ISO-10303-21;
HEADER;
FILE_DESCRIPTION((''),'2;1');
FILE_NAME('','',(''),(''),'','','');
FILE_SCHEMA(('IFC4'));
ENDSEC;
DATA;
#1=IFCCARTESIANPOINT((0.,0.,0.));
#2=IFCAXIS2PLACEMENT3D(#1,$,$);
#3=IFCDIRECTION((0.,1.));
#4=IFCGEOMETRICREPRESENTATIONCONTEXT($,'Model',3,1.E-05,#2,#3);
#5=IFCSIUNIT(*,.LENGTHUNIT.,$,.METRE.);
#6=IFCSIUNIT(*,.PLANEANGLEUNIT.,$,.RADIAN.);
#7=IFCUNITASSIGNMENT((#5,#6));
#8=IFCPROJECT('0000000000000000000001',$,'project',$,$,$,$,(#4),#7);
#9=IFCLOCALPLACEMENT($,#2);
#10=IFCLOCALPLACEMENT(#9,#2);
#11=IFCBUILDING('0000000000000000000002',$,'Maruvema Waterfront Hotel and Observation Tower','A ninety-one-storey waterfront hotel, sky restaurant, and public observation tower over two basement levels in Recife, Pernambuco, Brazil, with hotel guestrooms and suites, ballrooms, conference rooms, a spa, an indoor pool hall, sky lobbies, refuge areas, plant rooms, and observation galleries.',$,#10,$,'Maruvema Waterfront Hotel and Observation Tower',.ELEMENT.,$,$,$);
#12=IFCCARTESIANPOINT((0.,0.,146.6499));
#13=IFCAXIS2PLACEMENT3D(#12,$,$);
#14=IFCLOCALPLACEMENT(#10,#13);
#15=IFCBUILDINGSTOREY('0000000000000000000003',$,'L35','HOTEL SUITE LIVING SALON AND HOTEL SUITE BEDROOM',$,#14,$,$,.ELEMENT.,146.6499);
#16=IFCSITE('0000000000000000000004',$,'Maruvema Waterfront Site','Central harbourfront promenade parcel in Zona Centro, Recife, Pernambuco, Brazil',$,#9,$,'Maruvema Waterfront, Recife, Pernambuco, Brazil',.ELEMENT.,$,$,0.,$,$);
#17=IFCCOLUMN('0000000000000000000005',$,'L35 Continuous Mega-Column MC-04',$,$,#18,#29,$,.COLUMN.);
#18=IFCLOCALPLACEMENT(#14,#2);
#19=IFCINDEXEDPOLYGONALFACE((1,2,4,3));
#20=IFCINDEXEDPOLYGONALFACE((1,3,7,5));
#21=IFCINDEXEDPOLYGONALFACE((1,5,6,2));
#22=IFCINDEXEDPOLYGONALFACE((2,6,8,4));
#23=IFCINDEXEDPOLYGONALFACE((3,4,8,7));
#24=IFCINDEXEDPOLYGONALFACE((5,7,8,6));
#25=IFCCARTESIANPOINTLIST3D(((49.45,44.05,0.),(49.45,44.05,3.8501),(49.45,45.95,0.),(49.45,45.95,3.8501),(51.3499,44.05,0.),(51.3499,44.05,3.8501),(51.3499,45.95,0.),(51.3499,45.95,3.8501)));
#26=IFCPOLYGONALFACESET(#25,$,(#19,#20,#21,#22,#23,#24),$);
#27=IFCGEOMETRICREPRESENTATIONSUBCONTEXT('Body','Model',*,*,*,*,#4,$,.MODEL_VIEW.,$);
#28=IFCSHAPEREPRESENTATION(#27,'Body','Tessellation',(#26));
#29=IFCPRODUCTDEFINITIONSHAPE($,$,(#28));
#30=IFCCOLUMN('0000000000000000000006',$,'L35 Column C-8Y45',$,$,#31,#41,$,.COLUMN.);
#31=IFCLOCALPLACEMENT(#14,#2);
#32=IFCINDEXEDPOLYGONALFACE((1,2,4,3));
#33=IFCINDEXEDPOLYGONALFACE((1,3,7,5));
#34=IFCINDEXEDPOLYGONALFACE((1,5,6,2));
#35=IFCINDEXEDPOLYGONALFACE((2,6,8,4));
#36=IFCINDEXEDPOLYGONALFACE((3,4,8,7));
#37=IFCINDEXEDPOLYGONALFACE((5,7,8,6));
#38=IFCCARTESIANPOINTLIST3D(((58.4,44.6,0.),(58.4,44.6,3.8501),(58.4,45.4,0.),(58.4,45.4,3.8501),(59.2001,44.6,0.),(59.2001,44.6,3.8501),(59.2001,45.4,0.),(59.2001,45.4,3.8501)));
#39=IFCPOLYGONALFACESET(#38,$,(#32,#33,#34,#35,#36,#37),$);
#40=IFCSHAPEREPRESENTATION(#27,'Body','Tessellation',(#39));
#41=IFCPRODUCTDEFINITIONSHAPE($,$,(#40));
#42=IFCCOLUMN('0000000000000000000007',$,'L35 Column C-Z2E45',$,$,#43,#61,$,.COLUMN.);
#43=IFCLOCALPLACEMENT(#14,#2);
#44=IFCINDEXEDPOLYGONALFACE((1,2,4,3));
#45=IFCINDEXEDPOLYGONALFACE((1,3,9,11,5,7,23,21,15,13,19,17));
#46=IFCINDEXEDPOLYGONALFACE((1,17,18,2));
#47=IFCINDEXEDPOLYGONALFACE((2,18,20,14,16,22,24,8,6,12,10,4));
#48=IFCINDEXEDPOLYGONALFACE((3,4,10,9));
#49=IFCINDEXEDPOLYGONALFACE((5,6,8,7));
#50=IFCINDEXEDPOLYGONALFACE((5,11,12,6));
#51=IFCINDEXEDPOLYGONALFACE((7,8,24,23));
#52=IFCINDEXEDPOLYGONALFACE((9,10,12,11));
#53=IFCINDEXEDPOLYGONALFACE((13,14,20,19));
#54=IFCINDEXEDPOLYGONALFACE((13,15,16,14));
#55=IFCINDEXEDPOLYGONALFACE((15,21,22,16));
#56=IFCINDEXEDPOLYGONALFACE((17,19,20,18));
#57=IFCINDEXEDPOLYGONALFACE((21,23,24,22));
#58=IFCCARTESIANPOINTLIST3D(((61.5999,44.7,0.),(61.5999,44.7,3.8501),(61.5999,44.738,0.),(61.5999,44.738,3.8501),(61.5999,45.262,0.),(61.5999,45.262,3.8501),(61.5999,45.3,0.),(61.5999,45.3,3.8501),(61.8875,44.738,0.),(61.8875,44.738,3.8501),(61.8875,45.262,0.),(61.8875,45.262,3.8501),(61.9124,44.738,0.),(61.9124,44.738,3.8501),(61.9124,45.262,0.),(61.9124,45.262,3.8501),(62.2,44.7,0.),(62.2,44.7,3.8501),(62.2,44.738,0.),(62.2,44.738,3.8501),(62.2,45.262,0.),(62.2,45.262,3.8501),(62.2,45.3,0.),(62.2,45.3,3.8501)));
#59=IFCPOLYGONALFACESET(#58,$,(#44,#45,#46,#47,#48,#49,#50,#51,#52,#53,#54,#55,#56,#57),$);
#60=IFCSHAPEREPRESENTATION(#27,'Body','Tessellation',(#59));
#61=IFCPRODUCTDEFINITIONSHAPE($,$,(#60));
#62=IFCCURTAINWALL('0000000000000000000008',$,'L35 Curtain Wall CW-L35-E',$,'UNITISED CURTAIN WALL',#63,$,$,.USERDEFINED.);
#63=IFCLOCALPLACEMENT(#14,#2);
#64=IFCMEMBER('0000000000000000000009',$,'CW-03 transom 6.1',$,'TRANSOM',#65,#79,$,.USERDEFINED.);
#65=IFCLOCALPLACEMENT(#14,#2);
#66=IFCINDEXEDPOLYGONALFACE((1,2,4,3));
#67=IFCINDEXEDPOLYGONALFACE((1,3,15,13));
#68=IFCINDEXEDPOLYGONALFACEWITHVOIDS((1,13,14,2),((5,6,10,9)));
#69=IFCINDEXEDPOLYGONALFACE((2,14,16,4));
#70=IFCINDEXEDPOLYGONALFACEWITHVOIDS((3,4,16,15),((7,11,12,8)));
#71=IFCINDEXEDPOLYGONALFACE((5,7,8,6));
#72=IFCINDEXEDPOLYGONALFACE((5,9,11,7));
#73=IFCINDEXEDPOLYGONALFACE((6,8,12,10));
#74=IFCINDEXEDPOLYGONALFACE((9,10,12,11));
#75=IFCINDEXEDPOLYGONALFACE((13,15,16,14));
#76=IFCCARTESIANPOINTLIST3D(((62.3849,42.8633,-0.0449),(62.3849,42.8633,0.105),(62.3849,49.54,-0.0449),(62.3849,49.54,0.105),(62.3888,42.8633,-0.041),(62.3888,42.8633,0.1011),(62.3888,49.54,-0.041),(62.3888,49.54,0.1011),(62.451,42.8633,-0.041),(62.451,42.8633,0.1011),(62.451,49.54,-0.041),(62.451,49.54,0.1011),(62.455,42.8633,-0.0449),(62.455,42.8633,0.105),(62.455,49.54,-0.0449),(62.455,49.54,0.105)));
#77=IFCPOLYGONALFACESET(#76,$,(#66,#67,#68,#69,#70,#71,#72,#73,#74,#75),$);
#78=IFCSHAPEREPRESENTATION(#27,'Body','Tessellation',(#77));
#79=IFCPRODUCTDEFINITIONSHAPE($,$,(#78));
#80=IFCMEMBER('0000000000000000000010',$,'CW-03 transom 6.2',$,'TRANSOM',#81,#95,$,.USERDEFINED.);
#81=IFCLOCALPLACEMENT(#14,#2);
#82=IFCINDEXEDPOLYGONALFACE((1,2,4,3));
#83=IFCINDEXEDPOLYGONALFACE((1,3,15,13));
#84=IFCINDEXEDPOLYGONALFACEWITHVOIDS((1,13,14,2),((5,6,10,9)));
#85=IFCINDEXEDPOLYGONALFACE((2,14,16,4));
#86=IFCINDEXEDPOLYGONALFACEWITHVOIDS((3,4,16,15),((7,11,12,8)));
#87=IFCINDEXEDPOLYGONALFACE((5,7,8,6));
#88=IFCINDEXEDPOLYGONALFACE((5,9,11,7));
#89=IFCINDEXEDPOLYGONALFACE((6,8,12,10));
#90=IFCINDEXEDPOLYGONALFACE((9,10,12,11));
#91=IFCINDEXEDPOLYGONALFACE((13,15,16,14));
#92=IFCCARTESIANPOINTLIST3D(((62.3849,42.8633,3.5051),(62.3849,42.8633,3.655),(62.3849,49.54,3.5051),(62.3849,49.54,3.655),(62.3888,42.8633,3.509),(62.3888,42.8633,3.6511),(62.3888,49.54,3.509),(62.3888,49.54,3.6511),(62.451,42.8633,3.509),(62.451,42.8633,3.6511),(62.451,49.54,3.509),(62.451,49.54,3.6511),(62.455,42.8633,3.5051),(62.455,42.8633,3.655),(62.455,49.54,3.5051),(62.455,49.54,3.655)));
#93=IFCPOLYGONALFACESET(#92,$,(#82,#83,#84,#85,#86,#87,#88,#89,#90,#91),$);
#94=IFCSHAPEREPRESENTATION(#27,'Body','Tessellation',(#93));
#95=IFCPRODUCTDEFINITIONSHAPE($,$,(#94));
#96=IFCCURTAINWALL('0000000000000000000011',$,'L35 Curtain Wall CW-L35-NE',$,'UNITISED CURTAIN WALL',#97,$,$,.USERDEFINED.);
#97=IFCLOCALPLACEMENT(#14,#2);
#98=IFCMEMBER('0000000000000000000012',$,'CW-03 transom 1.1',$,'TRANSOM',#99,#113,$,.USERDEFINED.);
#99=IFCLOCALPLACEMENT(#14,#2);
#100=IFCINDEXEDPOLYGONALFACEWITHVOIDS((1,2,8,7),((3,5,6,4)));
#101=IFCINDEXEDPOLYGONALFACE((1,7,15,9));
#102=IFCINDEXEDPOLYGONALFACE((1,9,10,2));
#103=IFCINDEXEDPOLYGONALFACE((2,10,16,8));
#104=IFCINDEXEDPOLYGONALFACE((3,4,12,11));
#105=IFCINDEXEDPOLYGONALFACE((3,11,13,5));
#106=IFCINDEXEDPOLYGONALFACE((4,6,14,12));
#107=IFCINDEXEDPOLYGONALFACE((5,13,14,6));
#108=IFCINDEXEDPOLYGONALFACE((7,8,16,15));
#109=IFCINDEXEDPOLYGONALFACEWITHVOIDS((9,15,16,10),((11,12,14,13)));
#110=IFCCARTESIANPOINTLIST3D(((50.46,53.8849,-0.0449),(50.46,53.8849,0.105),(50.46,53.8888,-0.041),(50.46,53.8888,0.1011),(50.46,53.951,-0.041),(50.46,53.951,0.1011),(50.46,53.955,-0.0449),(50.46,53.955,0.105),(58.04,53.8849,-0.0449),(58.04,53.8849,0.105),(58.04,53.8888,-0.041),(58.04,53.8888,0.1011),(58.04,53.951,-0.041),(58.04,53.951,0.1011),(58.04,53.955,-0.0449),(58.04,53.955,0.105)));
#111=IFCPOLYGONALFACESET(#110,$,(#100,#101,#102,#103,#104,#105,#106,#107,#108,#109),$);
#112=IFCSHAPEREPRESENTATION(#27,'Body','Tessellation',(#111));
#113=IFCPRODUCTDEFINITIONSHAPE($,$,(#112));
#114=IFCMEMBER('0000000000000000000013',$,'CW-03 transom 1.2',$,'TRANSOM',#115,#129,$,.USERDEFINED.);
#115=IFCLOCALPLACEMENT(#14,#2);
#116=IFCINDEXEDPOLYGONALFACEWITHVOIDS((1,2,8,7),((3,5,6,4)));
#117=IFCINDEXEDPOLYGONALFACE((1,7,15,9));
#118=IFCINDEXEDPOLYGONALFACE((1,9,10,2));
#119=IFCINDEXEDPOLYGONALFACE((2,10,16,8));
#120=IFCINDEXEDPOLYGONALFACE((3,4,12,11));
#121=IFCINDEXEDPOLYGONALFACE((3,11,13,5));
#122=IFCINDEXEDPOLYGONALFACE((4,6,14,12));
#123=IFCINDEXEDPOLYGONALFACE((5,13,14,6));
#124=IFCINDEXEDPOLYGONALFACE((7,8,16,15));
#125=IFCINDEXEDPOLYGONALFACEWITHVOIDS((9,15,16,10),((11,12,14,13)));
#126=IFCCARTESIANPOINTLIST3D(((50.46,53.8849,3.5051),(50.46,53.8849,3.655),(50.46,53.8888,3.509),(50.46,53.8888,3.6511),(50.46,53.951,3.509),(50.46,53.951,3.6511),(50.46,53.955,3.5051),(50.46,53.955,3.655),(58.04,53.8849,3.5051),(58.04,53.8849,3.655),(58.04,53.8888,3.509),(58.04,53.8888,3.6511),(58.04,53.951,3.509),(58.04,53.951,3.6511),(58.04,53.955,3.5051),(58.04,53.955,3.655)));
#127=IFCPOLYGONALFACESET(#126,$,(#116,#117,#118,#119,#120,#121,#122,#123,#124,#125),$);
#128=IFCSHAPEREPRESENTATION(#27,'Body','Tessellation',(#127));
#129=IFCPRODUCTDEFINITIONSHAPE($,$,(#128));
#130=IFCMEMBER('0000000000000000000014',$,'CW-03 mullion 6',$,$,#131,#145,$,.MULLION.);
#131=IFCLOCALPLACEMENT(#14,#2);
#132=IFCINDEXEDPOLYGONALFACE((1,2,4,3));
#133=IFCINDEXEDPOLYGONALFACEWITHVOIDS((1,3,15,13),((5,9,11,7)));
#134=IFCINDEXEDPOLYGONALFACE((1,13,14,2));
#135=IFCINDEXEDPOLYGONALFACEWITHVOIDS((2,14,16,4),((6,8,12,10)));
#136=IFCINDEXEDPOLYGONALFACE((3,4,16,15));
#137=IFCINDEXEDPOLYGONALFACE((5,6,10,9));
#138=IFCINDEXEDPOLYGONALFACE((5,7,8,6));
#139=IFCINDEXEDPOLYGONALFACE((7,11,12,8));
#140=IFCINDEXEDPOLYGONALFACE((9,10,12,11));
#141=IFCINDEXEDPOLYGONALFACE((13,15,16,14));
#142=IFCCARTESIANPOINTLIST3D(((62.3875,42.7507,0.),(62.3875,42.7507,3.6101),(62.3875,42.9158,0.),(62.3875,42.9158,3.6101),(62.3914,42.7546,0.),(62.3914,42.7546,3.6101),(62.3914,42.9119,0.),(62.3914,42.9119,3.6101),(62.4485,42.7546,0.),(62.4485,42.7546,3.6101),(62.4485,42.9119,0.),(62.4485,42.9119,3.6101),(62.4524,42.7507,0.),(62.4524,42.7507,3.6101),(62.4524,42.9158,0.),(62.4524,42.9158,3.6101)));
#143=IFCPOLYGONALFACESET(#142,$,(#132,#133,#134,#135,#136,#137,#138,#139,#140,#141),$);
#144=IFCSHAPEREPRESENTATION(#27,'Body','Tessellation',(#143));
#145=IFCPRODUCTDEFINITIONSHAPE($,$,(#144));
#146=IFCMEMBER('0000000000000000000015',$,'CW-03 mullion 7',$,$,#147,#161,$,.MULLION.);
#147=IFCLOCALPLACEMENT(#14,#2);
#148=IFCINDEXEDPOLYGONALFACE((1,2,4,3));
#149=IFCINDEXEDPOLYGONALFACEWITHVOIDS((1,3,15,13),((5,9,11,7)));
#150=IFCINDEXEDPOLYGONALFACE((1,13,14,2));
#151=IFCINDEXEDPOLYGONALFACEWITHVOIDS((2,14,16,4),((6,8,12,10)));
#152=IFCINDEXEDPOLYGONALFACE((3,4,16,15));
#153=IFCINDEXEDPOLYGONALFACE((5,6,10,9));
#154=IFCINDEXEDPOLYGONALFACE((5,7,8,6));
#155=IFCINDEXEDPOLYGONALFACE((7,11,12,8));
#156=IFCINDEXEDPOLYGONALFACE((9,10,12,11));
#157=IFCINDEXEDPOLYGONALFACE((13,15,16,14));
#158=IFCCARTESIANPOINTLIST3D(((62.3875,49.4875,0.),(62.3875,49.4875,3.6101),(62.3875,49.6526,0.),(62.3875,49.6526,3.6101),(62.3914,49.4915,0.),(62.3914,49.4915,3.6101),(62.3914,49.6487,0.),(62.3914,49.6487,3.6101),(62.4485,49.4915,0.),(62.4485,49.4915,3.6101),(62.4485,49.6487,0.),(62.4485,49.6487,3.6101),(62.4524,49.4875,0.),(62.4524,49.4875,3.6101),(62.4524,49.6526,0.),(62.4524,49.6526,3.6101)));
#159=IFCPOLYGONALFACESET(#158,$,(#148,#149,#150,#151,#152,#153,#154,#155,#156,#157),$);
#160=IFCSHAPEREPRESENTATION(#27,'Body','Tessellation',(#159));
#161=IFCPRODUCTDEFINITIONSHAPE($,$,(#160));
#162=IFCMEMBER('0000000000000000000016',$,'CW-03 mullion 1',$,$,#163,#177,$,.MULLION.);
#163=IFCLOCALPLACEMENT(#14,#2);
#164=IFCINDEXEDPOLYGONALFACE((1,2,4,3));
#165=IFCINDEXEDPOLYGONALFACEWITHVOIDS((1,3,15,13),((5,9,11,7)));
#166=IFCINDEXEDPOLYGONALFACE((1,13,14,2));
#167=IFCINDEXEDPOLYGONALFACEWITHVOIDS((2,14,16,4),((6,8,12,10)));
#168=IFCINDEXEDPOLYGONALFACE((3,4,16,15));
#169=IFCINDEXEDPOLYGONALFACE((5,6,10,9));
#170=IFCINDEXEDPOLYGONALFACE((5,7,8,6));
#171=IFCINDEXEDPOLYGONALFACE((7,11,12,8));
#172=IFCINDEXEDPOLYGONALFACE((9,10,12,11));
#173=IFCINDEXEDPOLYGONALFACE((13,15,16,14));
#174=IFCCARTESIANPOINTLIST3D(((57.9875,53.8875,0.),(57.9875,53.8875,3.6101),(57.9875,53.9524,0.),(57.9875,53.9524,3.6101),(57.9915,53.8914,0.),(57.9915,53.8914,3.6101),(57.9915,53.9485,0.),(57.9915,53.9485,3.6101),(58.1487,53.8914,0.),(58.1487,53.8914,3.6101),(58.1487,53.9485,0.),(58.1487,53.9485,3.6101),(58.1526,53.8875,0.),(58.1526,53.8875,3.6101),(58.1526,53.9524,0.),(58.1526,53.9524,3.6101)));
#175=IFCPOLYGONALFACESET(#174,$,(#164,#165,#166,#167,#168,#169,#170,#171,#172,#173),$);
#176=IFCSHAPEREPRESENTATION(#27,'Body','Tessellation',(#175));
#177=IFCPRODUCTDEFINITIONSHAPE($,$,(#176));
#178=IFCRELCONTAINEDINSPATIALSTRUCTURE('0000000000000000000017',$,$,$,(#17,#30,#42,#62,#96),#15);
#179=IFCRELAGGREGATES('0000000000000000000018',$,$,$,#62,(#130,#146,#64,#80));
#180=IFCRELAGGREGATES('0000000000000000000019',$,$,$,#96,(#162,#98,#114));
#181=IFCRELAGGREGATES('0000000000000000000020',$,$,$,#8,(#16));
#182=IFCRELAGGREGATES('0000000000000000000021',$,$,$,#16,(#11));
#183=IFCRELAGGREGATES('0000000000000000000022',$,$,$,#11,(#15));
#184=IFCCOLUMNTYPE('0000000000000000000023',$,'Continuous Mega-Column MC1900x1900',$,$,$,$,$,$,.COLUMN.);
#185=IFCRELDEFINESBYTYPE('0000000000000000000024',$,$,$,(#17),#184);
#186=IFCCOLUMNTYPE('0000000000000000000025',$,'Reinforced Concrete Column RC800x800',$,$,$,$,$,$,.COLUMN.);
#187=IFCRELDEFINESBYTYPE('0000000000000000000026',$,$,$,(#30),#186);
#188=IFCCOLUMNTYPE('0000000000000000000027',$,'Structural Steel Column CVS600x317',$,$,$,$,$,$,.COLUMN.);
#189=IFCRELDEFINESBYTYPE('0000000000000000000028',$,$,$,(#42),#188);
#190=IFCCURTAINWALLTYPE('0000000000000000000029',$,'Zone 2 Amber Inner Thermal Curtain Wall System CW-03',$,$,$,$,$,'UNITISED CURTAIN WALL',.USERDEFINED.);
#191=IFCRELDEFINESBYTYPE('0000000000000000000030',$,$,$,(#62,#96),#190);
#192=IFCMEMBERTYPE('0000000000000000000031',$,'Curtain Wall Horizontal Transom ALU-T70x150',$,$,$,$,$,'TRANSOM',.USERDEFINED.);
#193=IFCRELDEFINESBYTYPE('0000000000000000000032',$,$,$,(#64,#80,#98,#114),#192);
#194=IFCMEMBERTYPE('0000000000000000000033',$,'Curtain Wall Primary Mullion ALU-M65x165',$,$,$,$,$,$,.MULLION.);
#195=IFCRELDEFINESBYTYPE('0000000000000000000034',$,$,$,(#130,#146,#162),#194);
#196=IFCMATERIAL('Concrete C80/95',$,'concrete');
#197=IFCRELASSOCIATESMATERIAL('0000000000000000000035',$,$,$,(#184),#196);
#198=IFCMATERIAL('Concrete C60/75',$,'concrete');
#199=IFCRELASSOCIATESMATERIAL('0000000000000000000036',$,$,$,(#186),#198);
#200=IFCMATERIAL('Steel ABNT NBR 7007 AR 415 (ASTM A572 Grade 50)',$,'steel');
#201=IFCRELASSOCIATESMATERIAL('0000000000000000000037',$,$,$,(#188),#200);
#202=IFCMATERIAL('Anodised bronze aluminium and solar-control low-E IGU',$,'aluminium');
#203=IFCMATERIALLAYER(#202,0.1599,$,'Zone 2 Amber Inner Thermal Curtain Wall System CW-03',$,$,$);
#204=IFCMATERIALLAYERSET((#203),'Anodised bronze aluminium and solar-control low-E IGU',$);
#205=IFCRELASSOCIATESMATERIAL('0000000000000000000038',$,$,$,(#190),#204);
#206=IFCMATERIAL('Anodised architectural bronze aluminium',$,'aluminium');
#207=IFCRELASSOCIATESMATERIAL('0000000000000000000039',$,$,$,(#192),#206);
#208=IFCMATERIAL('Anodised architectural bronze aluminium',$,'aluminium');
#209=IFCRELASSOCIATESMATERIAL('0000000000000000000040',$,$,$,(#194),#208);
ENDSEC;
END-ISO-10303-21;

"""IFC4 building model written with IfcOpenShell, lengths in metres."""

from ifc_helpers import new_model, si_unit, direction, frame, origin, origin_2d, place, context, subcontext, project, spatial, rectangle, hollow_rectangle, i_section, extrude, material, layer, layer_set, material_profile, profile_set, type_object, element, aggregate, save


model = new_model("IFC4")

# Units and contexts
model_context = context("Model", 3, precision=1e-05, world=origin(), true_north=direction((0.0, 1.0)))
body_context = subcontext(model_context, "Body", "Model", "MODEL_VIEW")
ifc_project = project(units=[si_unit("LENGTHUNIT", "METRE"), si_unit("PLANEANGLEUNIT", "RADIAN")], contexts=[model_context])

# Site, building, storey
site_placement = place(None, origin())
site = spatial("IfcSite", under=ifc_project, at=site_placement, Name="Maruvema Waterfront Site", Description="Central harbourfront promenade parcel in Zona Centro, Recife, Pernambuco, Brazil", LongName="Maruvema Waterfront, Recife, Pernambuco, Brazil", CompositionType="ELEMENT", RefElevation=0.0)
building_placement = place(site_placement, origin())
building = spatial("IfcBuilding", under=site, at=building_placement, Name="Maruvema Waterfront Hotel and Observation Tower", Description="A ninety-one-storey waterfront hotel, sky restaurant, and public observation tower over two basement levels in Recife, Pernambuco, Brazil, with hotel guestrooms and suites, ballrooms, conference rooms, a spa, an indoor pool hall, sky lobbies, refuge areas, plant rooms, and observation galleries.", LongName="Maruvema Waterfront Hotel and Observation Tower", CompositionType="ELEMENT")
storey_placement = place(building_placement, frame((0.0, 0.0, 146.6499)))
storey = spatial("IfcBuildingStorey", under=building, at=storey_placement, Name="L35", Description="HOTEL SUITE LIVING SALON AND HOTEL SUITE BEDROOM", CompositionType="ELEMENT", Elevation=146.6499)

# Columns
ifc_material_1 = material(Name="Concrete C80/95", Category="concrete")
ifc_material_profile_1 = material_profile(ifc_material_1, rectangle(XDim=1.8999, YDim=1.8999, at=origin_2d()), Name="MC1900x1900")
ifc_profile_set_1 = profile_set([ifc_material_profile_1], Name="Concrete C80/95")
column_type_1 = type_object("IfcColumnType", Name="Continuous Mega-Column MC1900x1900", PredefinedType="COLUMN", material=ifc_profile_set_1)
column_1_placement = place(storey_placement, frame((50.3999, 45.0, 0.0), z_axis=(0.0, 0.0, 1.0), x_axis=(1.0, 0.0, 0.0)))
element("IfcColumn", 1, at=column_1_placement, inside=storey, type_object=column_type_1, Name="L35 Continuous Mega-Column MC-04", PredefinedType="COLUMN", context=body_context, shape_type="SweptSolid", body=[
    extrude(rectangle(XDim=1.8999, YDim=1.8999, at=origin_2d()), origin(), (0.0, 0.0, 1.0), 3.8501),
])
ifc_material_2 = material(Name="Concrete C60/75", Category="concrete")
ifc_material_profile_2 = material_profile(ifc_material_2, rectangle(XDim=0.8, YDim=0.8, at=origin_2d()), Name="RC800x800")
ifc_profile_set_2 = profile_set([ifc_material_profile_2], Name="Concrete C60/75")
column_type_2 = type_object("IfcColumnType", Name="Reinforced Concrete Column RC800x800", PredefinedType="COLUMN", material=ifc_profile_set_2)
column_2_placement = place(storey_placement, frame((58.8, 45.0, 0.0), z_axis=(0.0, 0.0, 1.0), x_axis=(1.0, 0.0, 0.0)))
element("IfcColumn", 2, at=column_2_placement, inside=storey, type_object=column_type_2, Name="L35 Column C-8Y45", PredefinedType="COLUMN", context=body_context, shape_type="SweptSolid", body=[
    extrude(rectangle(XDim=0.8, YDim=0.8, at=origin_2d()), origin(), (0.0, 0.0, 1.0), 3.8501),
])
ifc_material_3 = material(Name="Steel ABNT NBR 7007 AR 415 (ASTM A572 Grade 50)", Category="steel")
ifc_material_profile_3 = material_profile(ifc_material_3, i_section(OverallWidth=0.6001, OverallDepth=0.6001, WebThickness=0.0249, FlangeThickness=0.0381, at=origin_2d()), Name="CVS600x317")
ifc_profile_set_3 = profile_set([ifc_material_profile_3], Name="Steel ABNT NBR 7007 AR 415 (ASTM A572 Grade 50)")
column_type_3 = type_object("IfcColumnType", Name="Structural Steel Column CVS600x317", PredefinedType="COLUMN", material=ifc_profile_set_3)
column_3_placement = place(storey_placement, frame((61.8999, 45.0, 0.0), z_axis=(0.0, 0.0, 1.0), x_axis=(1.0, 0.0, 0.0)))
element("IfcColumn", 3, at=column_3_placement, inside=storey, type_object=column_type_3, Name="L35 Column C-Z2E45", PredefinedType="COLUMN", context=body_context, shape_type="SweptSolid", body=[
    extrude(i_section(OverallWidth=0.6001, OverallDepth=0.6001, WebThickness=0.0249, FlangeThickness=0.0381, at=origin_2d()), origin(), (0.0, 0.0, 1.0), 3.8501),
])

# Curtain walls, members
ifc_material_4 = material(Name="Anodised bronze aluminium and solar-control low-E IGU", Category="aluminium")
ifc_layer_1 = layer(ifc_material_4, 0.1599, Name="Zone 2 Amber Inner Thermal Curtain Wall System CW-03")
ifc_layer_set_1 = layer_set([ifc_layer_1], Name="Anodised bronze aluminium and solar-control low-E IGU")
curtain_wall_type = type_object("IfcCurtainWallType", Name="Zone 2 Amber Inner Thermal Curtain Wall System CW-03", ElementType="UNITISED CURTAIN WALL", PredefinedType="USERDEFINED", material=ifc_layer_set_1)
curtain_wall_1_placement = place(storey_placement, origin())
curtain_wall_1 = element("IfcCurtainWall", 4, at=curtain_wall_1_placement, inside=storey, type_object=curtain_wall_type, Name="L35 Curtain Wall CW-L35-E", ObjectType="UNITISED CURTAIN WALL", PredefinedType="USERDEFINED")
ifc_material_5 = material(Name="Anodised architectural bronze aluminium", Category="aluminium")
ifc_material_profile_4 = material_profile(ifc_material_5, hollow_rectangle(XDim=0.0701, YDim=0.1499, WallThickness=0.0039, at=origin_2d()), Name="ALU-T70x150")
ifc_profile_set_4 = profile_set([ifc_material_profile_4], Name="Anodised architectural bronze aluminium")
member_type_1 = type_object("IfcMemberType", Name="Curtain Wall Horizontal Transom ALU-T70x150", ElementType="TRANSOM", PredefinedType="USERDEFINED", material=ifc_profile_set_4)
member_1_placement = place(storey_placement, frame((62.4199, 42.8633, 0.03), z_axis=(0.0, 1.0, 0.0), x_axis=(-1.0, 0.0, 0.0)))
member_1 = element("IfcMember", 5, at=member_1_placement, type_object=member_type_1, Name="CW-03 transom 6.1", ObjectType="TRANSOM", PredefinedType="USERDEFINED", context=body_context, shape_type="SweptSolid", body=[
    extrude(hollow_rectangle(XDim=0.0701, YDim=0.1499, WallThickness=0.0039, at=origin_2d()), origin(), (0.0, 0.0, 1.0), 6.6768),
])
member_2_placement = place(storey_placement, frame((62.4199, 42.8633, 3.5801), z_axis=(0.0, 1.0, 0.0), x_axis=(-1.0, 0.0, 0.0)))
member_2 = element("IfcMember", 6, at=member_2_placement, type_object=member_type_1, Name="CW-03 transom 6.2", ObjectType="TRANSOM", PredefinedType="USERDEFINED", context=body_context, shape_type="SweptSolid", body=[
    extrude(hollow_rectangle(XDim=0.0701, YDim=0.1499, WallThickness=0.0039, at=origin_2d()), origin(), (0.0, 0.0, 1.0), 6.6768),
])
curtain_wall_2_placement = place(storey_placement, origin())
curtain_wall_2 = element("IfcCurtainWall", 7, at=curtain_wall_2_placement, inside=storey, type_object=curtain_wall_type, Name="L35 Curtain Wall CW-L35-NE", ObjectType="UNITISED CURTAIN WALL", PredefinedType="USERDEFINED")
member_3_placement = place(storey_placement, frame((58.04, 53.9199, 0.03), z_axis=(-1.0, 0.0, 0.0), x_axis=(0.0, -1.0, 0.0)))
member_3 = element("IfcMember", 8, at=member_3_placement, type_object=member_type_1, Name="CW-03 transom 1.1", ObjectType="TRANSOM", PredefinedType="USERDEFINED", context=body_context, shape_type="SweptSolid", body=[
    extrude(hollow_rectangle(XDim=0.0701, YDim=0.1499, WallThickness=0.0039, at=origin_2d()), origin(), (0.0, 0.0, 1.0), 7.5801),
])
member_4_placement = place(storey_placement, frame((58.04, 53.9199, 3.5801), z_axis=(-1.0, 0.0, 0.0), x_axis=(0.0, -1.0, 0.0)))
member_4 = element("IfcMember", 9, at=member_4_placement, type_object=member_type_1, Name="CW-03 transom 1.2", ObjectType="TRANSOM", PredefinedType="USERDEFINED", context=body_context, shape_type="SweptSolid", body=[
    extrude(hollow_rectangle(XDim=0.0701, YDim=0.1499, WallThickness=0.0039, at=origin_2d()), origin(), (0.0, 0.0, 1.0), 7.5801),
])

# Members
ifc_material_6 = material(Name="Anodised architectural bronze aluminium", Category="aluminium")
ifc_material_profile_5 = material_profile(ifc_material_6, hollow_rectangle(XDim=0.0649, YDim=0.165, WallThickness=0.0039, at=origin_2d()), Name="ALU-M65x165")
ifc_profile_set_5 = profile_set([ifc_material_profile_5], Name="Anodised architectural bronze aluminium")
member_type_2 = type_object("IfcMemberType", Name="Curtain Wall Primary Mullion ALU-M65x165", PredefinedType="MULLION", material=ifc_profile_set_5)
member_5_placement = place(storey_placement, frame((62.4199, 42.8333, 0.0), z_axis=(0.0, 0.0, 1.0), x_axis=(-1.0, 0.0, 0.0)))
member_5 = element("IfcMember", 10, at=member_5_placement, type_object=member_type_2, Name="CW-03 mullion 6", PredefinedType="MULLION", context=body_context, shape_type="SweptSolid", body=[
    extrude(hollow_rectangle(XDim=0.0649, YDim=0.165, WallThickness=0.0039, at=origin_2d()), origin(), (0.0, 0.0, 1.0), 3.6101),
])
member_6_placement = place(storey_placement, frame((62.4199, 49.5701, 0.0), z_axis=(0.0, 0.0, 1.0), x_axis=(-1.0, 0.0, 0.0)))
member_6 = element("IfcMember", 11, at=member_6_placement, type_object=member_type_2, Name="CW-03 mullion 7", PredefinedType="MULLION", context=body_context, shape_type="SweptSolid", body=[
    extrude(hollow_rectangle(XDim=0.0649, YDim=0.165, WallThickness=0.0039, at=origin_2d()), origin(), (0.0, 0.0, 1.0), 3.6101),
])
member_7_placement = place(storey_placement, frame((58.0701, 53.9199, 0.0), z_axis=(0.0, 0.0, 1.0), x_axis=(0.0, -1.0, 0.0)))
member_7 = element("IfcMember", 12, at=member_7_placement, type_object=member_type_2, Name="CW-03 mullion 1", PredefinedType="MULLION", context=body_context, shape_type="SweptSolid", body=[
    extrude(hollow_rectangle(XDim=0.0649, YDim=0.165, WallThickness=0.0039, at=origin_2d()), origin(), (0.0, 0.0, 1.0), 3.6101),
])

aggregate(curtain_wall_1, [member_5, member_6, member_1, member_2])
aggregate(curtain_wall_2, [member_7, member_3, member_4])

save(model, "model.ifc")
